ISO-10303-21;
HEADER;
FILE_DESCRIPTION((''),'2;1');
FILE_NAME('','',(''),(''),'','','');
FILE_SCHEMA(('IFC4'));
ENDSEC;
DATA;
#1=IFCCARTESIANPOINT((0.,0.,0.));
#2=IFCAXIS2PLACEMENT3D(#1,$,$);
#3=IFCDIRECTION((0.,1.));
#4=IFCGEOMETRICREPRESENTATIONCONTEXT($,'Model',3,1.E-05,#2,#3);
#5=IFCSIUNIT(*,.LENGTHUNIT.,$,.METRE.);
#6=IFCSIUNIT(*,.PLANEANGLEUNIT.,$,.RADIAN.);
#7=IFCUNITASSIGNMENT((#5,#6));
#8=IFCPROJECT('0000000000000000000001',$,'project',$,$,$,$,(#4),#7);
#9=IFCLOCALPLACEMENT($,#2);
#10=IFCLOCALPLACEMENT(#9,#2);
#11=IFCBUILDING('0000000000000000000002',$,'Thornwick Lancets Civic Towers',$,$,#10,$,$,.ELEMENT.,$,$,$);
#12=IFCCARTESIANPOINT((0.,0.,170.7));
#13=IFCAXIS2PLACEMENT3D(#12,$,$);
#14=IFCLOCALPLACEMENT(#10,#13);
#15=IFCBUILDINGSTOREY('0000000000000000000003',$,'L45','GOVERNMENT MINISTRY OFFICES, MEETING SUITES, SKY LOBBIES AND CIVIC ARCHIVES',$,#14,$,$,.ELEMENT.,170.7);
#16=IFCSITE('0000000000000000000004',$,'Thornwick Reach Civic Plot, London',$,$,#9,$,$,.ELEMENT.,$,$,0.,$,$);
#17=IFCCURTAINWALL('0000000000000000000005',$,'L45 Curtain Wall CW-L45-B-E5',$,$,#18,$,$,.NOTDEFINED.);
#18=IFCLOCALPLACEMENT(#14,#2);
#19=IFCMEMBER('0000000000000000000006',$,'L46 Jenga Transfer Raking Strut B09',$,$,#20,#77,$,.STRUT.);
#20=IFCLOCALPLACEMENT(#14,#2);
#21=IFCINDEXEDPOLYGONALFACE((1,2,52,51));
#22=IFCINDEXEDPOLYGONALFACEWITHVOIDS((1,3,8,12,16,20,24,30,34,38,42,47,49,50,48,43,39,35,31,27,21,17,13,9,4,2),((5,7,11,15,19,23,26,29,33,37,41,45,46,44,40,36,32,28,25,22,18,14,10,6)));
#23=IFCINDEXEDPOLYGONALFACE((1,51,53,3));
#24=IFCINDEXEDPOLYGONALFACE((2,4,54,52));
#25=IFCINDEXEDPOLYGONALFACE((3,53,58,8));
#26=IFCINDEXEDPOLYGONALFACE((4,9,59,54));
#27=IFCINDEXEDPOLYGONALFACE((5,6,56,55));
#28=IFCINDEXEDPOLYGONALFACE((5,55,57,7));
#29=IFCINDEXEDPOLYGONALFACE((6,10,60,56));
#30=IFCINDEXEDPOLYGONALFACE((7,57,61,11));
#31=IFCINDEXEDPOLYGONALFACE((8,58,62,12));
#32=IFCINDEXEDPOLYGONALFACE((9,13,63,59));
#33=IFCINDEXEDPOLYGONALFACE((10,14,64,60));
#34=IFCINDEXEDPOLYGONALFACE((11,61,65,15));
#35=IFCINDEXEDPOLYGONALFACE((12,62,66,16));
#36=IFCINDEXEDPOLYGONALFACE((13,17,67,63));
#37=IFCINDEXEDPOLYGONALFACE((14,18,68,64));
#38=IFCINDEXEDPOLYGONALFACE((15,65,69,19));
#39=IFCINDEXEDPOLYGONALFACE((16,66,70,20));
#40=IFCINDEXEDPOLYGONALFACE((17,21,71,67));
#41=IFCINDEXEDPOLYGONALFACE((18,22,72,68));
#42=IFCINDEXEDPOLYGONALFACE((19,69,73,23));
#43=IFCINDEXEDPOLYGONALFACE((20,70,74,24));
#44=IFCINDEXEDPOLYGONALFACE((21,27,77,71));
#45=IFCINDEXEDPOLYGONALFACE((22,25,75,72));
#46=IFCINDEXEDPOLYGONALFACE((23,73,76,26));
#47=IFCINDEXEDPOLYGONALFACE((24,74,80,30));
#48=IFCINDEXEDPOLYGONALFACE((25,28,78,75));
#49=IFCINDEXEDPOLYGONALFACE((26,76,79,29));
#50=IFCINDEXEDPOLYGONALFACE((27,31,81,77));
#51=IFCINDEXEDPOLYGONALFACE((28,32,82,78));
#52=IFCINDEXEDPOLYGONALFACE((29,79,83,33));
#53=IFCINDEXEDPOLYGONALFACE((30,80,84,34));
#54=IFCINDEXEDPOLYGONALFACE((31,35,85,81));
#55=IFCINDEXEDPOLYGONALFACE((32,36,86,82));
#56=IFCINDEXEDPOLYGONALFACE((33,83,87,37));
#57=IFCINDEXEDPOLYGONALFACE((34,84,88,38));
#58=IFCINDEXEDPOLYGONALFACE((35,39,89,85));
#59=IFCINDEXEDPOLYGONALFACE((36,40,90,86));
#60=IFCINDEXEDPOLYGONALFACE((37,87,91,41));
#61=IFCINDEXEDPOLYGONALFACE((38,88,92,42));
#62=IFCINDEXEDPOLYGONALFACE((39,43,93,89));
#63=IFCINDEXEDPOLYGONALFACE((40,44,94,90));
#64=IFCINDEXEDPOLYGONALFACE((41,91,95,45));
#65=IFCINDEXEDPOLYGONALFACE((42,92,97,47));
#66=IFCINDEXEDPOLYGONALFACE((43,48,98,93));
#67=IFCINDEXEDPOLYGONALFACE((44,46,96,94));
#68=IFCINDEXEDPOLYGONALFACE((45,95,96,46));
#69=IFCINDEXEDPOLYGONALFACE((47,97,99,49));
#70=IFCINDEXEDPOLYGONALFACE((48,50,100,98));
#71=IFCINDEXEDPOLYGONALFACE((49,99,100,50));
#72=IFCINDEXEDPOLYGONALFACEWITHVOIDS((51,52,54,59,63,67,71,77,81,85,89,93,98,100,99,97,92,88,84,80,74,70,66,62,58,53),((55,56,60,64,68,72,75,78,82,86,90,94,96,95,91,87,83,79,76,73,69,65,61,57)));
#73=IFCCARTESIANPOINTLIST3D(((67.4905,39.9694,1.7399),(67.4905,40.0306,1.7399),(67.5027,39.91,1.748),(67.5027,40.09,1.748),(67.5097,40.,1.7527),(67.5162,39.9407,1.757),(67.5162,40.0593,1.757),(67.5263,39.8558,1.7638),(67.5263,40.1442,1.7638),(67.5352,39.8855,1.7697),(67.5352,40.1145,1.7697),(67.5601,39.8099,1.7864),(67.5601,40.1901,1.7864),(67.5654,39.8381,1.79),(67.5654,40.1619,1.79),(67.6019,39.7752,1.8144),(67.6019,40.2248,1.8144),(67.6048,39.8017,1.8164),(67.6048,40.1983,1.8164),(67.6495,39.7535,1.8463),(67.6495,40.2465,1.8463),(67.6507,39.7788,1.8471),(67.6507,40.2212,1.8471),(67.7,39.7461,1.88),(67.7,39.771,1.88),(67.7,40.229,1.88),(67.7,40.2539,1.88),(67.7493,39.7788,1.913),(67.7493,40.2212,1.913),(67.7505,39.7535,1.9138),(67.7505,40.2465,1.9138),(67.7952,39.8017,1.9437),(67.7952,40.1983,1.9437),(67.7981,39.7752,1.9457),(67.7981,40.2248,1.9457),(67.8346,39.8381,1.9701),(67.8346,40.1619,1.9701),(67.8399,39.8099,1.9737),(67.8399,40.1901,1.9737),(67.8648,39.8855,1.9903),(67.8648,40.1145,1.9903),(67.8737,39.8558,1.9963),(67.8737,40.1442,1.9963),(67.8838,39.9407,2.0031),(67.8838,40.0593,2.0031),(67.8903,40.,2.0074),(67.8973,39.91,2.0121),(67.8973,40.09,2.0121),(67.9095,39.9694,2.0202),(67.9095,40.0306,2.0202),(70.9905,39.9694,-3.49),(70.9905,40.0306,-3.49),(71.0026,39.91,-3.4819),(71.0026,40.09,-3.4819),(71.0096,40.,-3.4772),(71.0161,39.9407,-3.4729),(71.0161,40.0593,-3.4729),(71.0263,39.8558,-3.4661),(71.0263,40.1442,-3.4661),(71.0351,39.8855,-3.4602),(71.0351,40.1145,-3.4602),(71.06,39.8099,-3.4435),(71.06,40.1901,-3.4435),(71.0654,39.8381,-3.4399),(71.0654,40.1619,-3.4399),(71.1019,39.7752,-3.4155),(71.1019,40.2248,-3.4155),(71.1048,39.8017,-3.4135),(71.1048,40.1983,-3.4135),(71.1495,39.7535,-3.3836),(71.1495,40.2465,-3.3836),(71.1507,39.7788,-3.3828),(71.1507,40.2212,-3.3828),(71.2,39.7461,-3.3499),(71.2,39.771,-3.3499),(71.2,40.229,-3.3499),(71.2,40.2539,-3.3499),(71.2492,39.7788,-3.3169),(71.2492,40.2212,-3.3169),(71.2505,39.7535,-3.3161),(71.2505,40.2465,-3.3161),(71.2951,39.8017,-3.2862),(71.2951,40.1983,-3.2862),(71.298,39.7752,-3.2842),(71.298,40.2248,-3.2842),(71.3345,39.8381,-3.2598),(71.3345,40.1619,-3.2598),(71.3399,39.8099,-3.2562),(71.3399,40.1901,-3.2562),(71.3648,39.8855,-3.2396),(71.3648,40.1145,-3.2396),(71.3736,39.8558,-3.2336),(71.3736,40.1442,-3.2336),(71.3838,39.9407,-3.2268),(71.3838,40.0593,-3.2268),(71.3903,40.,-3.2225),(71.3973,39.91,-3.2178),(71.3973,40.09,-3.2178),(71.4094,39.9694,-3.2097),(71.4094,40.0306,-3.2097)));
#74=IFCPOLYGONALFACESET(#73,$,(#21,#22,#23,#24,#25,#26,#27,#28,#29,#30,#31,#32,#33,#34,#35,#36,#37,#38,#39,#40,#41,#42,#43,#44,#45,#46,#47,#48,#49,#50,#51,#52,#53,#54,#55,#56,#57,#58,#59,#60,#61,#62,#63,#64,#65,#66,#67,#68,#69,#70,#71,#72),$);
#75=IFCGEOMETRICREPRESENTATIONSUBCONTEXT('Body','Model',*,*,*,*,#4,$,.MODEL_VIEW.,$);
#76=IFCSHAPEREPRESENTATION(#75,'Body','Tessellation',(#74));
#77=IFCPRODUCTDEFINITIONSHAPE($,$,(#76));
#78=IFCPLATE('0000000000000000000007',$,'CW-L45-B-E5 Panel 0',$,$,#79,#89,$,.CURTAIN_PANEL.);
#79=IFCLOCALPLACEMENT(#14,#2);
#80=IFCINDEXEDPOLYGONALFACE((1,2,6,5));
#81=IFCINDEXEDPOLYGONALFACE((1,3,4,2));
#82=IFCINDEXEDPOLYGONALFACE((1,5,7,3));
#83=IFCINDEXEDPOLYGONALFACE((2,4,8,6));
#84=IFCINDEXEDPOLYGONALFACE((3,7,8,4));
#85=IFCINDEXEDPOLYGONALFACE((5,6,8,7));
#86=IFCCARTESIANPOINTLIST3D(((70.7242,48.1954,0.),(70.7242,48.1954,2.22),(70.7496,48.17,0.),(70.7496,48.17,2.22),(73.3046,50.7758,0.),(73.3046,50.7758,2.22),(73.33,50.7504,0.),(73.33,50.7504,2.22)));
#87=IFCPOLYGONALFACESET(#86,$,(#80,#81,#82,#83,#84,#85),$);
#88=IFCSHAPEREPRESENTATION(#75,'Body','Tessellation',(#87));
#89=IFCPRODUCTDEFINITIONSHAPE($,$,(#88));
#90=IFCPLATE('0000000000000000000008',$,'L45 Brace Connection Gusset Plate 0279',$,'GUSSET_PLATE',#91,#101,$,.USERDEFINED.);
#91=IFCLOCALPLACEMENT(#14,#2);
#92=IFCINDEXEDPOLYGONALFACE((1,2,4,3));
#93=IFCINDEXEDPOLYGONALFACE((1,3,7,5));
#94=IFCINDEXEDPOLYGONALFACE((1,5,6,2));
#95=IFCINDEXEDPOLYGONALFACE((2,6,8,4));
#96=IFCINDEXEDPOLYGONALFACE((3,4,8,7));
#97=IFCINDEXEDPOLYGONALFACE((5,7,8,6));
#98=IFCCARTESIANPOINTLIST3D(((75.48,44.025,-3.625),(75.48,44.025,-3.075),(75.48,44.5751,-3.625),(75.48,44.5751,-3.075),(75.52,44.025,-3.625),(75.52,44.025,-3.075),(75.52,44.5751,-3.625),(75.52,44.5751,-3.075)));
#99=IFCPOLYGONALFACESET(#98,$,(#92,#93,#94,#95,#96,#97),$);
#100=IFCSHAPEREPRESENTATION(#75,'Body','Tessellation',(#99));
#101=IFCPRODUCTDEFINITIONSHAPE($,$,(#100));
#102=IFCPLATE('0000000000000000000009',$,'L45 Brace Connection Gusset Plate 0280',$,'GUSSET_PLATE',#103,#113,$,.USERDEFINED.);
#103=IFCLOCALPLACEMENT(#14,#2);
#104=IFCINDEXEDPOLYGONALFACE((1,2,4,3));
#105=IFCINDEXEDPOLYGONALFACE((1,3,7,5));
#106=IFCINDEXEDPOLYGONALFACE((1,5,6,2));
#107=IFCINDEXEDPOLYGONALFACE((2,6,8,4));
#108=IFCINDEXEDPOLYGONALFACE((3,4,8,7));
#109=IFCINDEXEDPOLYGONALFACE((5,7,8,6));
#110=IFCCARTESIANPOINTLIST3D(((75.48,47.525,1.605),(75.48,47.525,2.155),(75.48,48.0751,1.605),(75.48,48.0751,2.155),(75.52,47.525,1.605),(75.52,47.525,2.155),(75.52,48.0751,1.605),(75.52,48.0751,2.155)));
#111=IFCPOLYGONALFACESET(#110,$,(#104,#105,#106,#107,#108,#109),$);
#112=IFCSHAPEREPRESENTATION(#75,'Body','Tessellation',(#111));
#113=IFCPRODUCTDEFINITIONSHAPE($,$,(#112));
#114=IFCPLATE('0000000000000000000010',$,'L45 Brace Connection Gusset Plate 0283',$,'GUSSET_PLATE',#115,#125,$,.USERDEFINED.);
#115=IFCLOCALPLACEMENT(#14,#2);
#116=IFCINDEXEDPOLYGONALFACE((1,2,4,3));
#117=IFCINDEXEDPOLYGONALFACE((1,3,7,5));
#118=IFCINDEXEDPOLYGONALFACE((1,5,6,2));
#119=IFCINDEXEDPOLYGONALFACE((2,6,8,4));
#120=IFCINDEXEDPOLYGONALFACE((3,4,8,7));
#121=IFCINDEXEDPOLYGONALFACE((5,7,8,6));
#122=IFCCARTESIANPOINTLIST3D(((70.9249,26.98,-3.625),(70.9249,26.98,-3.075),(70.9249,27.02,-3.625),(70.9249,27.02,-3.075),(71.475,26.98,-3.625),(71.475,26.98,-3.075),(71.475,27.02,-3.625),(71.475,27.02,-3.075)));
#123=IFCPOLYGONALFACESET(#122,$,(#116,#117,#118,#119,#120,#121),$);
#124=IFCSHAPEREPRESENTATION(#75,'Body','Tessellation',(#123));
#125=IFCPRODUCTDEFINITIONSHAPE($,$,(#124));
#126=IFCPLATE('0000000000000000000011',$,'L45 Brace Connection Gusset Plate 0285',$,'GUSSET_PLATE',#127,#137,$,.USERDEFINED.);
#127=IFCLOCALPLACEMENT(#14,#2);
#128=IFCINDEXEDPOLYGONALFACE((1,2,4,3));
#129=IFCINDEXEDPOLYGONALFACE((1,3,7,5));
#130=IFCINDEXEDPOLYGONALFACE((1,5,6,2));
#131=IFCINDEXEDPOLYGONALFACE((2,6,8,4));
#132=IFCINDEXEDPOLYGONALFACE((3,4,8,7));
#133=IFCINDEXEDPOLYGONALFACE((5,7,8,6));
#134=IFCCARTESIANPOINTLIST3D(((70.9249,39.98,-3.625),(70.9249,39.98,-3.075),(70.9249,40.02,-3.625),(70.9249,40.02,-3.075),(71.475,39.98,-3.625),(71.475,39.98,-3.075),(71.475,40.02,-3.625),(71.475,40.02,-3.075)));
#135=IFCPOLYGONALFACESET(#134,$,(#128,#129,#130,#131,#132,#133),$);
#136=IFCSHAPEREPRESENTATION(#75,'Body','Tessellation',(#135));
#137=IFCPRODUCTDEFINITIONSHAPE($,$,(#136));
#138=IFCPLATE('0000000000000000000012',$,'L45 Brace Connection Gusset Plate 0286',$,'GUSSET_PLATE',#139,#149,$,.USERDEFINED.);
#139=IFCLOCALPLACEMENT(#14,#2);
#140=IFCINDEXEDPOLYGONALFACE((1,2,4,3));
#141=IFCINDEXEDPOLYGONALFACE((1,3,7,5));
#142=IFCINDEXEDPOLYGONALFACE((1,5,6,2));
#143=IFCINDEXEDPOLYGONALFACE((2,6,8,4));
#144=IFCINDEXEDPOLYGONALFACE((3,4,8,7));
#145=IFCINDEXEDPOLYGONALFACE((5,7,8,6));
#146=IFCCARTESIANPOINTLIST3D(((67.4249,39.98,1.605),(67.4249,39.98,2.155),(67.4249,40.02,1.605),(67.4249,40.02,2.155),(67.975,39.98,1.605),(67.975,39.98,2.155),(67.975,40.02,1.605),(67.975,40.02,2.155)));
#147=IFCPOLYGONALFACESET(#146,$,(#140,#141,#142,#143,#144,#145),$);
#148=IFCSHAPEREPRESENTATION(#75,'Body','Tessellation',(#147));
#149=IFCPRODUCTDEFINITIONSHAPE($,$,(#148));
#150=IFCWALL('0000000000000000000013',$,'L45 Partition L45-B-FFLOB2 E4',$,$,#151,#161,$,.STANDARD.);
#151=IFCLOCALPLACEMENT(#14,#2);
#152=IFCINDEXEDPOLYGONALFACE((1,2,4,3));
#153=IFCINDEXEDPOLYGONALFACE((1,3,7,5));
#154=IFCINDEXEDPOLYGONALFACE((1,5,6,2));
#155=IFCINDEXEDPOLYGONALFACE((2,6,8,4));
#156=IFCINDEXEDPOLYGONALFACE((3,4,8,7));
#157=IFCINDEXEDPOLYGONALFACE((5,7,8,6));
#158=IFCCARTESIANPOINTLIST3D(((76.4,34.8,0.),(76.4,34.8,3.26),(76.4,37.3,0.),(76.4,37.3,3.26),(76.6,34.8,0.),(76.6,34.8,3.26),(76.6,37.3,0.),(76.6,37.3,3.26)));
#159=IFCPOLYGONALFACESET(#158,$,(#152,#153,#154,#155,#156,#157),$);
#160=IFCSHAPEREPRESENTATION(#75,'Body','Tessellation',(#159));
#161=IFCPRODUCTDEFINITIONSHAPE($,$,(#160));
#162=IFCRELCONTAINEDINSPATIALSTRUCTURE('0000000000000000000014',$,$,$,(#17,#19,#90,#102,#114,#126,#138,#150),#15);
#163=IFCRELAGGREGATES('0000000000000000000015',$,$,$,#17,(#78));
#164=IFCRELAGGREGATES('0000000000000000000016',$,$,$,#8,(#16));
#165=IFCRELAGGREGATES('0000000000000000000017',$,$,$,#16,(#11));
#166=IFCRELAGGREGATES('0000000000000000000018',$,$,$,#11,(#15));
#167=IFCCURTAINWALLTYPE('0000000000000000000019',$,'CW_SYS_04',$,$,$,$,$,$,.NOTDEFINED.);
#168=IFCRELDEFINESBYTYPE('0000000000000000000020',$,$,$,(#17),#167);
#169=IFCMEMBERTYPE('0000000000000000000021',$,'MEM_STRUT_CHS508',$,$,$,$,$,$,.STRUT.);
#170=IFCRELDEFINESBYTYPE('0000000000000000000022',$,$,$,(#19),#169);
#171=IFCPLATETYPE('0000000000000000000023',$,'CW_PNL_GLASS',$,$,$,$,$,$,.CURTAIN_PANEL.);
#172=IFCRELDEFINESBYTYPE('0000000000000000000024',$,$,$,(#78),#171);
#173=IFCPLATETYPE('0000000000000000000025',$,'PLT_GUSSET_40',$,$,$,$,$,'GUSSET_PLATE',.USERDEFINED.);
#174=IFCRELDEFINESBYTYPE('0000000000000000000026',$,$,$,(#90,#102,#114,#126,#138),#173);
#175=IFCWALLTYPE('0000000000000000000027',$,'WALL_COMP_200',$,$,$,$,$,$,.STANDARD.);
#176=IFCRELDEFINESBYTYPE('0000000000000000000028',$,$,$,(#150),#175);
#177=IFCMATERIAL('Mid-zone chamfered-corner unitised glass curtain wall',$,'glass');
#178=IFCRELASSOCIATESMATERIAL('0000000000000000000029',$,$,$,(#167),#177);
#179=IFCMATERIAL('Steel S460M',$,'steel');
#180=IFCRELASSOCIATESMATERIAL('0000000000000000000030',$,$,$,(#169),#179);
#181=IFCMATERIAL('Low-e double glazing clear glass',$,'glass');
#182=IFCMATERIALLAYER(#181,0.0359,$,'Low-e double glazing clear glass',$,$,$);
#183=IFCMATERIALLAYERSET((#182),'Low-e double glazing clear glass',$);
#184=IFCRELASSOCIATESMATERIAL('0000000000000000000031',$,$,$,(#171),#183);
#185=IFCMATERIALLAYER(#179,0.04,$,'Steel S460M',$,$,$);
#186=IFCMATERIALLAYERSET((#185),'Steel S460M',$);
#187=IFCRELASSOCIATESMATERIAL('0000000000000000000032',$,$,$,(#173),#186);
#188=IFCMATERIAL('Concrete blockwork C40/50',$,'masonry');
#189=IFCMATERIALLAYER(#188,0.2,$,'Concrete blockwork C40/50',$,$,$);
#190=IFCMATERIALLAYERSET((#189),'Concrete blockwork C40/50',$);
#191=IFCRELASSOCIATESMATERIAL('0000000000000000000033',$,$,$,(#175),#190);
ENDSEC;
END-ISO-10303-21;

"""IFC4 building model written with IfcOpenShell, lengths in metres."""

from ifc_helpers import new_model, si_unit, direction, frame, frame_2d, origin, origin_2d, place, context, subcontext, project, spatial, rectangle, hollow_circle, extrude, material, layer, layer_set, material_profile, profile_set, type_object, element, aggregate, save


model = new_model("IFC4")

# Units and contexts
model_context = context("Model", 3, precision=1e-05, world=origin(), true_north=direction((0.0, 1.0)))
body_context = subcontext(model_context, "Body", "Model", "MODEL_VIEW")
ifc_project = project(units=[si_unit("LENGTHUNIT", "METRE"), si_unit("PLANEANGLEUNIT", "RADIAN")], contexts=[model_context])

# Site, building, storey
site_placement = place(None, origin())
site = spatial("IfcSite", under=ifc_project, at=site_placement, Name="Thornwick Reach Civic Plot, London", CompositionType="ELEMENT", RefElevation=0.0)
building_placement = place(site_placement, origin())
building = spatial("IfcBuilding", under=site, at=building_placement, Name="Thornwick Lancets Civic Towers", CompositionType="ELEMENT")
storey_placement = place(building_placement, frame((0.0, 0.0, 170.7)))
storey = spatial("IfcBuildingStorey", under=building, at=storey_placement, Name="L45", Description="GOVERNMENT MINISTRY OFFICES, MEETING SUITES, SKY LOBBIES AND CIVIC ARCHIVES", CompositionType="ELEMENT", Elevation=170.7)

# Shared definitions
ifc_material_1 = material(Name="Steel S460M", Category="steel")

# Shared definitions
ifc_material_2 = material(Name="Mid-zone chamfered-corner unitised glass curtain wall", Category="glass")
curtain_wall_type = type_object("IfcCurtainWallType", Name="CW_SYS_04", PredefinedType="NOTDEFINED", material=ifc_material_2)

# Curtain wall
curtain_wall_1_placement = place(storey_placement, origin())
curtain_wall_1 = element("IfcCurtainWall", 1, at=curtain_wall_1_placement, inside=storey, type_object=curtain_wall_type, Name="L45 Curtain Wall CW-L45-B-E5", PredefinedType="NOTDEFINED")

# Member
ifc_material_profile_1 = material_profile(ifc_material_1, hollow_circle(Radius=0.2539, WallThickness=0.0249, at=origin_2d()), Name="CHS 508x25")
ifc_profile_set_1 = profile_set([ifc_material_profile_1], Name="Steel S460M")
member_type_1 = type_object("IfcMemberType", Name="MEM_STRUT_CHS508", PredefinedType="STRUT", material=ifc_profile_set_1)
for number, where, z_axis, x_axis, name in (
    (2, (71.2, 40.0, -3.3499), (-0.556168, 0.0, 0.83107), (0.0, -1.0, 0.0), "L46 Jenga Transfer Raking Strut B09"),
):
    element("IfcMember", number, at=place(storey_placement, frame(where, z_axis=z_axis, x_axis=x_axis)), inside=storey, type_object=member_type_1, Name=name, PredefinedType="STRUT", context=body_context, shape_type="SweptSolid", body=[
        extrude(hollow_circle(Radius=0.2539, WallThickness=0.0249, at=origin_2d()), origin(), (0.0, 0.0, 1.0), 6.293),
    ])

# Plate
ifc_material_3 = material(Name="Low-e double glazing clear glass", Category="glass")
ifc_layer_1 = layer(ifc_material_3, 0.0359, Name="Low-e double glazing clear glass")
ifc_layer_set_1 = layer_set([ifc_layer_1], Name="Low-e double glazing clear glass")
plate_type_1 = type_object("IfcPlateType", Name="CW_PNL_GLASS", PredefinedType="CURTAIN_PANEL", material=ifc_layer_set_1)
plate_placement = place(storey_placement, frame((72.0271, 49.4729, 0.0), z_axis=(0.0, 0.0, 1.0), x_axis=(-0.707107, -0.707107, 0.0)))
plate = element("IfcPlate", 3, at=plate_placement, type_object=plate_type_1, Name="CW-L45-B-E5 Panel 0", PredefinedType="CURTAIN_PANEL", context=body_context, shape_type="SweptSolid", body=[
    extrude(rectangle(XDim=3.6492, YDim=0.0359, at=origin_2d()), origin(), (0.0, 0.0, 1.0), 2.22),
])
aggregate(curtain_wall_1, [plate])

# Plates
ifc_layer_2 = layer(ifc_material_1, 0.04, Name="Steel S460M")
ifc_layer_set_2 = layer_set([ifc_layer_2], Name="Steel S460M")
plate_type_2 = type_object("IfcPlateType", Name="PLT_GUSSET_40", ElementType="GUSSET_PLATE", PredefinedType="USERDEFINED", material=ifc_layer_set_2)
for number, where, z_axis, x_axis, name in (
    (4, (75.5, 44.3, -3.625), (0.0, 0.0, 1.0), (0.0, 1.0, 0.0), "L45 Brace Connection Gusset Plate 0279"),
    (5, (75.5, 47.8, 1.605), (0.0, 0.0, 1.0), (0.0, 1.0, 0.0), "L45 Brace Connection Gusset Plate 0280"),
    (6, (71.2, 27.0, -3.625), (0.0, 0.0, 1.0), (-1.0, 0.0, 0.0), "L45 Brace Connection Gusset Plate 0283"),
    (7, (71.2, 40.0, -3.625), (0.0, 0.0, 1.0), (-1.0, 0.0, 0.0), "L45 Brace Connection Gusset Plate 0285"),
    (8, (67.7, 40.0, 1.605), (0.0, 0.0, 1.0), (-1.0, 0.0, 0.0), "L45 Brace Connection Gusset Plate 0286"),
):
    element("IfcPlate", number, at=place(storey_placement, frame(where, z_axis=z_axis, x_axis=x_axis)), inside=storey, type_object=plate_type_2, Name=name, ObjectType="GUSSET_PLATE", PredefinedType="USERDEFINED", context=body_context, shape_type="SweptSolid", body=[
        extrude(rectangle(XDim=0.55, YDim=0.04, at=origin_2d()), origin(), (0.0, 0.0, 1.0), 0.55),
    ])

# Wall
ifc_material_4 = material(Name="Concrete blockwork C40/50", Category="masonry")
ifc_layer_3 = layer(ifc_material_4, 0.2, Name="Concrete blockwork C40/50")
ifc_layer_set_3 = layer_set([ifc_layer_3], Name="Concrete blockwork C40/50")
wall_type_1 = type_object("IfcWallType", Name="WALL_COMP_200", PredefinedType="STANDARD", material=ifc_layer_set_3)
wall_1_placement = place(storey_placement, frame((76.5, 37.3, 0.0), z_axis=(0.0, 0.0, 1.0), x_axis=(0.0, -1.0, 0.0)))
element("IfcWall", 9, at=wall_1_placement, inside=storey, type_object=wall_type_1, Name="L45 Partition L45-B-FFLOB2 E4", PredefinedType="STANDARD", context=body_context, shape_type="SweptSolid", body=[
    extrude(rectangle(XDim=2.5, YDim=0.2, at=frame_2d((1.25, 0.0))), origin(), (0.0, 0.0, 1.0), 3.26),
])

save(model, "model.ifc")
